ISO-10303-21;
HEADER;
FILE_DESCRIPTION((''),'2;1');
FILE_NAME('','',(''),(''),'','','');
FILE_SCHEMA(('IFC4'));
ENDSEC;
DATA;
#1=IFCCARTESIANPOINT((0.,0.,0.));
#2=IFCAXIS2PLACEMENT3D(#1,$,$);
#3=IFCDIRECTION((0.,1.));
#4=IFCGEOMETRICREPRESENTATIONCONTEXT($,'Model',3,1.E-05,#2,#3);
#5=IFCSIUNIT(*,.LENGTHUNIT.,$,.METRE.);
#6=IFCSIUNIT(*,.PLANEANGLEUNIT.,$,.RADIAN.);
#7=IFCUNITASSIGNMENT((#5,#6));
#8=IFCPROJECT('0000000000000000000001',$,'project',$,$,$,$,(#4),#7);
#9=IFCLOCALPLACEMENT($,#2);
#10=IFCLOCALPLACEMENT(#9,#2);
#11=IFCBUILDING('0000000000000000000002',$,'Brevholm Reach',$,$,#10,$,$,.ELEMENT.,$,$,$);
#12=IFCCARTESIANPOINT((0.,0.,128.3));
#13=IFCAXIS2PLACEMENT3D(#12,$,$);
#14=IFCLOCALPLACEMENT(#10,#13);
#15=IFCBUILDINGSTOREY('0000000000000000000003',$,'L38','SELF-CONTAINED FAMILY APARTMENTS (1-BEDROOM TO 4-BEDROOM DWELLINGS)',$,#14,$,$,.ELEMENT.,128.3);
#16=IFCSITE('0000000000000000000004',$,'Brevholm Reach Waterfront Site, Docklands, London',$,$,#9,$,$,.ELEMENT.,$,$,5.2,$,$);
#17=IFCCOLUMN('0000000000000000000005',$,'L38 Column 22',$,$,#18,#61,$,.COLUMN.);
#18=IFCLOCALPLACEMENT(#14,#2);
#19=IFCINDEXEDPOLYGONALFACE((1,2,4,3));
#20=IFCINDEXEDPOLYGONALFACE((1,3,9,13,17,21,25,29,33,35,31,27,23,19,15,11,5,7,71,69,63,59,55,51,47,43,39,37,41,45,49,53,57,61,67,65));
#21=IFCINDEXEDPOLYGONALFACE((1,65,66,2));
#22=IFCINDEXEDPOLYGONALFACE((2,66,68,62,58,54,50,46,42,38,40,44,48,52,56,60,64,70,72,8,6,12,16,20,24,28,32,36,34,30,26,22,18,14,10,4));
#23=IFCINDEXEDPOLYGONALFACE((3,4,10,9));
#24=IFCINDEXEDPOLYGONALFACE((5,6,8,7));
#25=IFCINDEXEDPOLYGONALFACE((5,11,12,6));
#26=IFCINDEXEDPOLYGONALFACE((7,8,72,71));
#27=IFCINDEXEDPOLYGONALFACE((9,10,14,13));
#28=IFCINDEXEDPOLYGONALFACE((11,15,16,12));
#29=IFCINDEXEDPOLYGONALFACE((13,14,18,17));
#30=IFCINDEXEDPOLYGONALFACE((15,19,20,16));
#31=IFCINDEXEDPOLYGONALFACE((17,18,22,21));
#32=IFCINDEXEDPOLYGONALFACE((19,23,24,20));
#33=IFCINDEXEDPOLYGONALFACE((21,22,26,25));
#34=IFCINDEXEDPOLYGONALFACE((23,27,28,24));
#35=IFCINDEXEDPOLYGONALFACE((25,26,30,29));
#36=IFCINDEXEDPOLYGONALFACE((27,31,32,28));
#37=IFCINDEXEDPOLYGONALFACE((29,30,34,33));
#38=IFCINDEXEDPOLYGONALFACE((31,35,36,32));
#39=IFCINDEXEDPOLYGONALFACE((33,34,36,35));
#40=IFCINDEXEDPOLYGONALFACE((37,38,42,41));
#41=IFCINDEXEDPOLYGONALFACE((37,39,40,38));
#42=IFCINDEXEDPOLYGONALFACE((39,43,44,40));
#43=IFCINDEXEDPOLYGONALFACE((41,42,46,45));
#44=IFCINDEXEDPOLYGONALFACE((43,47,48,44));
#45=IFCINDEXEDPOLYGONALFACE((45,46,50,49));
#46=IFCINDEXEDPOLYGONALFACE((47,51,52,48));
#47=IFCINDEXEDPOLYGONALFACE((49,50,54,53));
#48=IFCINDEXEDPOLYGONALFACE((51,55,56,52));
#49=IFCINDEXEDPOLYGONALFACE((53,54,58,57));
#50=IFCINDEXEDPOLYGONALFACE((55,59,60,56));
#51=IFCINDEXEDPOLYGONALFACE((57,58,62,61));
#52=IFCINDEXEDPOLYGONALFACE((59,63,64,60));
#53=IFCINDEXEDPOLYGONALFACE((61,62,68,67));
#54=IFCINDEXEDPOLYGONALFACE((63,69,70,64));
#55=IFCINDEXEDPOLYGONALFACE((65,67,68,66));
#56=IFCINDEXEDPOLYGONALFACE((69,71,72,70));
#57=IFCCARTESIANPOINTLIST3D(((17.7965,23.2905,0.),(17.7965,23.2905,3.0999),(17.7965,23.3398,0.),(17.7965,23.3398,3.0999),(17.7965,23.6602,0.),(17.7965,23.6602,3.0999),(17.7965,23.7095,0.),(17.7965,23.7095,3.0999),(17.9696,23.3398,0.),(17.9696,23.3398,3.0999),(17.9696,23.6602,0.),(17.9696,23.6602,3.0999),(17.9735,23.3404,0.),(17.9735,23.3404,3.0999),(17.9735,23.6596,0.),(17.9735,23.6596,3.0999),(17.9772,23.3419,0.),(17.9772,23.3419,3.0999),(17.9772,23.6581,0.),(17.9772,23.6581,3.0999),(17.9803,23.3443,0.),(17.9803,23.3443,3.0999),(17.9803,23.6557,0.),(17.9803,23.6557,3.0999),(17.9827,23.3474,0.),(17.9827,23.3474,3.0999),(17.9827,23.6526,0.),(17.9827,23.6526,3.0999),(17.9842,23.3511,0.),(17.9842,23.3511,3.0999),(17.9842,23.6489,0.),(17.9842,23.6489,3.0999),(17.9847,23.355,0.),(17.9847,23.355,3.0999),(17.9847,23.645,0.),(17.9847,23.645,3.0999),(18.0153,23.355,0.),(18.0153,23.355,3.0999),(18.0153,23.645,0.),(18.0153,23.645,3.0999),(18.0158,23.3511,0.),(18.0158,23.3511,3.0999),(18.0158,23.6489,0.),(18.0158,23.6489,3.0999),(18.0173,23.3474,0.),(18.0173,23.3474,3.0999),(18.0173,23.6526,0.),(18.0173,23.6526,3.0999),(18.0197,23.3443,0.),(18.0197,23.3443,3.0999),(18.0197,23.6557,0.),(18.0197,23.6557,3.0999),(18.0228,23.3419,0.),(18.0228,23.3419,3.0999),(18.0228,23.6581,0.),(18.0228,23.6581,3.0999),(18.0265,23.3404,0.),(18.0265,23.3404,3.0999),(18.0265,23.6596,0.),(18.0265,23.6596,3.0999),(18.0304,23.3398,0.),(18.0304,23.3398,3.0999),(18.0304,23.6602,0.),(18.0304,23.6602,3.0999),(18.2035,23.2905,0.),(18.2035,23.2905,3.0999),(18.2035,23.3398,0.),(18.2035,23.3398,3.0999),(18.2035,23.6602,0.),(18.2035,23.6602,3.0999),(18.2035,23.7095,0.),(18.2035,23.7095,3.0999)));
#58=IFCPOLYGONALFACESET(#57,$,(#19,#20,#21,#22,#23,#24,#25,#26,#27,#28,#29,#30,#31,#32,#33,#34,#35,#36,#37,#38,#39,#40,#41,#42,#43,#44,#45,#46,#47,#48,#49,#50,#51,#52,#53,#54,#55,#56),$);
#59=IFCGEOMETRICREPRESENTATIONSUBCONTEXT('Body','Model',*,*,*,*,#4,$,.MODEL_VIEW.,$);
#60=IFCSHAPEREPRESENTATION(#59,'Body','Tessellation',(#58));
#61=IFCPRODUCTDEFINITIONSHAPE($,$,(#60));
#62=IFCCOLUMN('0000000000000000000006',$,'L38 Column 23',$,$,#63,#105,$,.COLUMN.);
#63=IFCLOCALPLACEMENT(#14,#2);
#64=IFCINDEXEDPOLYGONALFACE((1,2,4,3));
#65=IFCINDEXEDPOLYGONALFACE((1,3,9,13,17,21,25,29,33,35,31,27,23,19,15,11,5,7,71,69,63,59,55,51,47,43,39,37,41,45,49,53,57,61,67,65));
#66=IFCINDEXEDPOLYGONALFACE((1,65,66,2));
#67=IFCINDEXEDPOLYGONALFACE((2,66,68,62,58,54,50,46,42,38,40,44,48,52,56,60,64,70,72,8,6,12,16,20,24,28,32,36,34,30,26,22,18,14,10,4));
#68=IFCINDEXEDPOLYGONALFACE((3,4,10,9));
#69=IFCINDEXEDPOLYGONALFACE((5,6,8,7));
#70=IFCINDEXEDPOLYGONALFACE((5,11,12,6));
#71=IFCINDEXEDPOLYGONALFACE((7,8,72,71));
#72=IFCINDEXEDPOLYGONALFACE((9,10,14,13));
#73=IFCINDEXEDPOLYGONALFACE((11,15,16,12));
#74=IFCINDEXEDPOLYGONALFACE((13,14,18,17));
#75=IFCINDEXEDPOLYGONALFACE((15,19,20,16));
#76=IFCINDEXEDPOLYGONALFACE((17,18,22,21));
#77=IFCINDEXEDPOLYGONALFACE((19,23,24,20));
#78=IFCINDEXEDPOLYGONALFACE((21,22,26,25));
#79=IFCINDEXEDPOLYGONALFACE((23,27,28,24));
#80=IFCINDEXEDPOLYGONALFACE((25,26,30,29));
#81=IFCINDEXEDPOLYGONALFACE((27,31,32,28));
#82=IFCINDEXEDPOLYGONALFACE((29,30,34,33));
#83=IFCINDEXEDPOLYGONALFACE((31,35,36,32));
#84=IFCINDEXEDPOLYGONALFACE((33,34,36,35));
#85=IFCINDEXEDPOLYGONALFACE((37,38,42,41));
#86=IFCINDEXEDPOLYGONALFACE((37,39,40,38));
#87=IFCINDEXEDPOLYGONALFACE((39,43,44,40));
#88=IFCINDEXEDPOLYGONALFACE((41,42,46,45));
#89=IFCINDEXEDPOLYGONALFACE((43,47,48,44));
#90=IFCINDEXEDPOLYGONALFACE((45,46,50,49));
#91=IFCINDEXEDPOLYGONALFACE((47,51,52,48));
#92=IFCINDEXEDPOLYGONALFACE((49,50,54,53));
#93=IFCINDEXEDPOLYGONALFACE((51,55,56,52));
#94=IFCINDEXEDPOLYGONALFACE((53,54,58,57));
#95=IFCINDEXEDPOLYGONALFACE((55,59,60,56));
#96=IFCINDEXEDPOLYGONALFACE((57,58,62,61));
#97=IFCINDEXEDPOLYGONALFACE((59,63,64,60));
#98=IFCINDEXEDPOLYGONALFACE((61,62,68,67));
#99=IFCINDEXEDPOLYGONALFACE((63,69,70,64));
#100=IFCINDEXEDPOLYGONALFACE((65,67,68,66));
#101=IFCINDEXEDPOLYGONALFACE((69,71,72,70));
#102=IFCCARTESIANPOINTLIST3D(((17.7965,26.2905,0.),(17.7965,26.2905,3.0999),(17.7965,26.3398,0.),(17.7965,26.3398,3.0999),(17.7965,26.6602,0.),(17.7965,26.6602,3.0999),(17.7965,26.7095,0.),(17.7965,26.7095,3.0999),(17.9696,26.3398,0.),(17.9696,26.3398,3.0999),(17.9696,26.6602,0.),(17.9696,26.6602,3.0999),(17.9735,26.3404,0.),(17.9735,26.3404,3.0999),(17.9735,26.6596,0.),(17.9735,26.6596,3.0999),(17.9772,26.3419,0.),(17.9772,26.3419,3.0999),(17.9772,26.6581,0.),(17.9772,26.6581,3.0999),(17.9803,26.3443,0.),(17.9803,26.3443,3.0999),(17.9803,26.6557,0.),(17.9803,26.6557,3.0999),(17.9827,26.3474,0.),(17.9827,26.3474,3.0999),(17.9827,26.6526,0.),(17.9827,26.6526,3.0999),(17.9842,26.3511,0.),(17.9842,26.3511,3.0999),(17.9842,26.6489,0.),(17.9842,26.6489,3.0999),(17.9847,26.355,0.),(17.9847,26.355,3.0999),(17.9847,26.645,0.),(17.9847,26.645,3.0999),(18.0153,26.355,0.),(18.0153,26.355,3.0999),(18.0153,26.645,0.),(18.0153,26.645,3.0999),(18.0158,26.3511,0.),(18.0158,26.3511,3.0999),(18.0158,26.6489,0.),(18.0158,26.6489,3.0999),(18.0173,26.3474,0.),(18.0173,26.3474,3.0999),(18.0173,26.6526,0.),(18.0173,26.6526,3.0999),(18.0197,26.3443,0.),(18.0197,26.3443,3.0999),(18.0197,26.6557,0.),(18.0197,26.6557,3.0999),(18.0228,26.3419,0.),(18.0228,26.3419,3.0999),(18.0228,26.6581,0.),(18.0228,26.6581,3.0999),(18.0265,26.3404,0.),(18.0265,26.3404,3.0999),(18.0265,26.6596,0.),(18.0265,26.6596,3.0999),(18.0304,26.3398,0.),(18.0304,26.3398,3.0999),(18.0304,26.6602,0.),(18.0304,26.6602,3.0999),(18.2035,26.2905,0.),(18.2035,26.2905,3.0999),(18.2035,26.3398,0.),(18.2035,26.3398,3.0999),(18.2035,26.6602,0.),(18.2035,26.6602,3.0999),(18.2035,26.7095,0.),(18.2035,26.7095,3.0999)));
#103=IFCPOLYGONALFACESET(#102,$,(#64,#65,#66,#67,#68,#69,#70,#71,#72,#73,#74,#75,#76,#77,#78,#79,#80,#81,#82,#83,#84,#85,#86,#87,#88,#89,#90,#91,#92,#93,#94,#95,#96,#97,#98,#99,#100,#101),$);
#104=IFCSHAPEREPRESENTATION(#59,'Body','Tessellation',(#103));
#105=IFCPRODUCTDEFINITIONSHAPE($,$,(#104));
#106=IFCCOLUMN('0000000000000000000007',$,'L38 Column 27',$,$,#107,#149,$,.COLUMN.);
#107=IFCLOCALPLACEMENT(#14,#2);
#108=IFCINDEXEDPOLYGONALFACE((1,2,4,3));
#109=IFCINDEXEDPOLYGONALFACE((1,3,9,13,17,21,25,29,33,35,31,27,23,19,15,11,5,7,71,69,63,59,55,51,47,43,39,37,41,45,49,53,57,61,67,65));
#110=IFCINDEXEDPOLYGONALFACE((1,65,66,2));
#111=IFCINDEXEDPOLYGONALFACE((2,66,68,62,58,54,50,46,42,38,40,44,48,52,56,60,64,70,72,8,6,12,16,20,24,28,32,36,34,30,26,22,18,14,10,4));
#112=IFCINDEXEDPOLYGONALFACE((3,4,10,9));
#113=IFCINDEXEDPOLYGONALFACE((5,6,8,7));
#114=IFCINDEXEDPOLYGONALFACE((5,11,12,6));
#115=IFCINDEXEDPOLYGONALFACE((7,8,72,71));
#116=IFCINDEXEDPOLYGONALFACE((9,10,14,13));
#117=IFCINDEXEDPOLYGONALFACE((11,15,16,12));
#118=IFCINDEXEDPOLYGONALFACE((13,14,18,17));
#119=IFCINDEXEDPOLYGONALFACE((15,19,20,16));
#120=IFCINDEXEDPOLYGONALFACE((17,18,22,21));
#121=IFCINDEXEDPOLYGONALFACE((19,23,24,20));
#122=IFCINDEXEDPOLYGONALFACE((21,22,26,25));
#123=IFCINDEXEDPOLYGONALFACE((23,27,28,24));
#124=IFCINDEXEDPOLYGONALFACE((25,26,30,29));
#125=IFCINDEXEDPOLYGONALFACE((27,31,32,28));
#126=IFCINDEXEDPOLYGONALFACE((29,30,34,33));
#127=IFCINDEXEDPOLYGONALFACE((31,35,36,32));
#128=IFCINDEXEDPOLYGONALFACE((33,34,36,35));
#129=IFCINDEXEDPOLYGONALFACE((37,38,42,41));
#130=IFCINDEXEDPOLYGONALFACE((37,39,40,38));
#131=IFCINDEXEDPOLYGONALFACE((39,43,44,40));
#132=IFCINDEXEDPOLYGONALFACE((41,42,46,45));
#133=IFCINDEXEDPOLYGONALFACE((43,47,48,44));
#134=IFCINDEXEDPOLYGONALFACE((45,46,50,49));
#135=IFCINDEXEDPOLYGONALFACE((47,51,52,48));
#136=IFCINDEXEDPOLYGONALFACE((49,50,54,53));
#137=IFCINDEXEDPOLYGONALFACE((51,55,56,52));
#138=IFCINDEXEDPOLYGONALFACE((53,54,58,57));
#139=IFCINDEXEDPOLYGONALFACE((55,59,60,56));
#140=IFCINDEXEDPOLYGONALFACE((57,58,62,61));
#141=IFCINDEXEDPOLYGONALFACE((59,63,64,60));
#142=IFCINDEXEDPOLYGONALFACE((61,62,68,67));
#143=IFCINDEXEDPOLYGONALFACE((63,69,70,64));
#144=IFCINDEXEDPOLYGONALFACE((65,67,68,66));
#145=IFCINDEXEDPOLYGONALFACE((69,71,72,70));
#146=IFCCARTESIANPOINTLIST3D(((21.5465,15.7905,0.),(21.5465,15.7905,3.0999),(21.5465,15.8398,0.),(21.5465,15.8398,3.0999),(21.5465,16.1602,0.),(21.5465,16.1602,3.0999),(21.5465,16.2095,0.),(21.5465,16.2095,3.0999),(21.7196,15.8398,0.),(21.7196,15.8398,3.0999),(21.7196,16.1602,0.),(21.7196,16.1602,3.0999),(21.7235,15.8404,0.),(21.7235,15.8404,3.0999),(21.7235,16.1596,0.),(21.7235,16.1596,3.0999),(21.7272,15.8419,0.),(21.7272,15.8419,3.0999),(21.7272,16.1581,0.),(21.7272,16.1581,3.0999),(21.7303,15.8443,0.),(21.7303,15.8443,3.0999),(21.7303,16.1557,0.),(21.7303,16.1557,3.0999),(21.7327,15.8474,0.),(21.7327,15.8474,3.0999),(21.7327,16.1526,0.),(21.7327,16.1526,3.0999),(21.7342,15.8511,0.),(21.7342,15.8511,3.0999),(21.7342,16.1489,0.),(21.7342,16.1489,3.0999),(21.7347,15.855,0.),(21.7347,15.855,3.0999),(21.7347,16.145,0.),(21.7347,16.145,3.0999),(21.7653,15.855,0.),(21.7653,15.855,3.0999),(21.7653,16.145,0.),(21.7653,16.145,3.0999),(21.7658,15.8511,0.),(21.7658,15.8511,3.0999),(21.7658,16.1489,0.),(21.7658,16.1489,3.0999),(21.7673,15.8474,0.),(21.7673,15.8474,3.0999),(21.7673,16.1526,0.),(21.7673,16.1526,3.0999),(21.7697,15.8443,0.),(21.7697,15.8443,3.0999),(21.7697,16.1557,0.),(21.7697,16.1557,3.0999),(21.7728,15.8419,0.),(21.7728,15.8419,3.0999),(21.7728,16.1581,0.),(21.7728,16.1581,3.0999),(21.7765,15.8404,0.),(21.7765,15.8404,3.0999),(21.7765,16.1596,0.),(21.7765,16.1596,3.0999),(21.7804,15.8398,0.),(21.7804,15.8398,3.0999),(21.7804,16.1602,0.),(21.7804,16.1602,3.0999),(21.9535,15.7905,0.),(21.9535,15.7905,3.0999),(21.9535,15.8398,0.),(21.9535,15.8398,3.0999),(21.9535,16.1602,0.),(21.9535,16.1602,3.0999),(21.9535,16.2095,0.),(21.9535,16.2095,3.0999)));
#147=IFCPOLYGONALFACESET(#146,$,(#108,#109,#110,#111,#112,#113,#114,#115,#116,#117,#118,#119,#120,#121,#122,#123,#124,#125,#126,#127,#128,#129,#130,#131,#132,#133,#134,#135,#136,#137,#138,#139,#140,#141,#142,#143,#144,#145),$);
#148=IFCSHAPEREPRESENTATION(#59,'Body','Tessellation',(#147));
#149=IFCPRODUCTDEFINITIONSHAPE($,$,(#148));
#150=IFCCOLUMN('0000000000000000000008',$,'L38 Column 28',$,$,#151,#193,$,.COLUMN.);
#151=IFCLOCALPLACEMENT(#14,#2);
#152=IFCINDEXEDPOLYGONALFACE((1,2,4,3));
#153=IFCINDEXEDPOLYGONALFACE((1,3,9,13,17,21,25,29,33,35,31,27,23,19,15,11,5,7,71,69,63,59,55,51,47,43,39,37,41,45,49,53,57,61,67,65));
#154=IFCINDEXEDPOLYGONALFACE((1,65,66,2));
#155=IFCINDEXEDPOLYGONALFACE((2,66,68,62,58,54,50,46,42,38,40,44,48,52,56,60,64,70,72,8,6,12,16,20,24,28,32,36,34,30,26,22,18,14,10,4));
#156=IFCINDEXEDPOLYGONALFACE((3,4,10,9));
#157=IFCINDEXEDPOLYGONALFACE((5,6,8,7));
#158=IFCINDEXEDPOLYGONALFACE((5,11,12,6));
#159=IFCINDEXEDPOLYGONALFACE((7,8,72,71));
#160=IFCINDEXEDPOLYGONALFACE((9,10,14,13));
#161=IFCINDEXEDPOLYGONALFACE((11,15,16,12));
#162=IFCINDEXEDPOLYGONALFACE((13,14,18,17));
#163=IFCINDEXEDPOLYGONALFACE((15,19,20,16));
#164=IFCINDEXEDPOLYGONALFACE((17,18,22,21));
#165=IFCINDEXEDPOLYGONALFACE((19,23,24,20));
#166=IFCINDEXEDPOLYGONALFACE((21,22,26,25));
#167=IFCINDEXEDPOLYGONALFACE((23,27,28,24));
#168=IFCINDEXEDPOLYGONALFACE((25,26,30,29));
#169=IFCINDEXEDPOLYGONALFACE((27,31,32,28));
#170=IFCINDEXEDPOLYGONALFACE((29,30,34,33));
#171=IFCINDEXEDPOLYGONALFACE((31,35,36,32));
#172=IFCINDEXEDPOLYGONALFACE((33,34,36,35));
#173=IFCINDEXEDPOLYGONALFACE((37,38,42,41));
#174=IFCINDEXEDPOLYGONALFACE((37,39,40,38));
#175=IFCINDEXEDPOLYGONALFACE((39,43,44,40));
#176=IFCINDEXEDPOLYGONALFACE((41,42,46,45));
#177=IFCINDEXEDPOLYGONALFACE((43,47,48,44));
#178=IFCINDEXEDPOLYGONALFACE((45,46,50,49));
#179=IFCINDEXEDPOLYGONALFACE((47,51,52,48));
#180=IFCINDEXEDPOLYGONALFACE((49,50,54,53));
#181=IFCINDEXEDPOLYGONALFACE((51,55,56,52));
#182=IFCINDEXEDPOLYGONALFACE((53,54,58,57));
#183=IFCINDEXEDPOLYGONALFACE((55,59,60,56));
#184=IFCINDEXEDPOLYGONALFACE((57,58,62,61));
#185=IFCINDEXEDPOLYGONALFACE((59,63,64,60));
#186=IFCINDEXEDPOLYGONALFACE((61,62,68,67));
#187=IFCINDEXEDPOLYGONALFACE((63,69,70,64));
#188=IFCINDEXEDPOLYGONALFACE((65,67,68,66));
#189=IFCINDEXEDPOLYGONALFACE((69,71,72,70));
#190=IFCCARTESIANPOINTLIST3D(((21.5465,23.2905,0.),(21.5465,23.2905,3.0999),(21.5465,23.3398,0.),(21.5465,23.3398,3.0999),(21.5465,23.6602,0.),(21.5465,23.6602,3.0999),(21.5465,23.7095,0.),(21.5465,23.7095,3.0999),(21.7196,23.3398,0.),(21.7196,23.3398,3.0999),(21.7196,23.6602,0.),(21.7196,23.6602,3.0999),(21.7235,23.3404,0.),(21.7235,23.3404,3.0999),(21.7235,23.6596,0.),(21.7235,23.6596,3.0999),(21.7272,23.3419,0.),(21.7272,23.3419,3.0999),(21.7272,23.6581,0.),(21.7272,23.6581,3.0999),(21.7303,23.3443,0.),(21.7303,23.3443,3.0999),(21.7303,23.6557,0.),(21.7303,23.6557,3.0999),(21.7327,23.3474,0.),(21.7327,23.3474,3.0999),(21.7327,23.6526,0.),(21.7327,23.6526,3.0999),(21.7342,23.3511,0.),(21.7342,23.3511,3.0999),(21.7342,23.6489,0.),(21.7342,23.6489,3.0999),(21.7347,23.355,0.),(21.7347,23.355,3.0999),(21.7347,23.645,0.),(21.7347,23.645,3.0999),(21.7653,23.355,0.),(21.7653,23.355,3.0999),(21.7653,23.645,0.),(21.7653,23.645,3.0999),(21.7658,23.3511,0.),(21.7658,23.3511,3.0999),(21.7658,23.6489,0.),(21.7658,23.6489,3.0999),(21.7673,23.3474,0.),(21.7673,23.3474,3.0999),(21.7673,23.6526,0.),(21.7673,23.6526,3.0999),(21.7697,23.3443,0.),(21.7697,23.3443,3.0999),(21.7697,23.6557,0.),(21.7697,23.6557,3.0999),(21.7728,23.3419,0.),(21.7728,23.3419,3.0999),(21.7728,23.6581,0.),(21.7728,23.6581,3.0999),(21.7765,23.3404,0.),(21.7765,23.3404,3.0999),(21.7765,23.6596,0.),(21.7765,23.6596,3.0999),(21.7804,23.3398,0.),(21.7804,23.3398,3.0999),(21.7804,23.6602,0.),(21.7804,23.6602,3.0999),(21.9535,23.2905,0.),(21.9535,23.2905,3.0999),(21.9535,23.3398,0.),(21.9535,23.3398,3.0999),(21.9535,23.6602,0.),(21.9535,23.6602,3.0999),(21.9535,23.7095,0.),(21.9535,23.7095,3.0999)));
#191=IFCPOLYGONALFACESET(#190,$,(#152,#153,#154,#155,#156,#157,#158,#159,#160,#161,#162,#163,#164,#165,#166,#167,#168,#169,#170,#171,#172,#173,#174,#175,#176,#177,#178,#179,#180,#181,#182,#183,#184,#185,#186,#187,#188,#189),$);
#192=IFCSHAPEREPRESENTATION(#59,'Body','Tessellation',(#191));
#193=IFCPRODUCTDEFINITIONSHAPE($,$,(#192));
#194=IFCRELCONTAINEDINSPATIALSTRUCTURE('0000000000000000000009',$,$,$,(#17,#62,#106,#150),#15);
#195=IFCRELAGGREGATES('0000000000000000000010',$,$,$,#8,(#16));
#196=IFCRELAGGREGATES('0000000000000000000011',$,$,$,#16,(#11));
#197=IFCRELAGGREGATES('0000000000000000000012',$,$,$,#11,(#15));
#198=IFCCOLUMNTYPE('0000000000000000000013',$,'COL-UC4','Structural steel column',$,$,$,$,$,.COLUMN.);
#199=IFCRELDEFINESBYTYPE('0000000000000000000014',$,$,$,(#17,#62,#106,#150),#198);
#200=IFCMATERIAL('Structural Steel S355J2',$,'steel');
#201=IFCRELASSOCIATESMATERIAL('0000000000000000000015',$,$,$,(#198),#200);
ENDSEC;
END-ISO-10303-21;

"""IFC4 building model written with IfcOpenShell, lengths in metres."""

from ifc_helpers import new_model, si_unit, direction, frame, origin, origin_2d, place, context, subcontext, project, spatial, i_section, extrude, material, material_profile, profile_set, type_object, element, save


model = new_model("IFC4")

# Units and contexts
model_context = context("Model", 3, precision=1e-05, world=origin(), true_north=direction((0.0, 1.0)))
body_context = subcontext(model_context, "Body", "Model", "MODEL_VIEW")
ifc_project = project(units=[si_unit("LENGTHUNIT", "METRE"), si_unit("PLANEANGLEUNIT", "RADIAN")], contexts=[model_context])

# Site, building, storey
site_placement = place(None, origin())
site = spatial("IfcSite", under=ifc_project, at=site_placement, Name="Brevholm Reach Waterfront Site, Docklands, London", CompositionType="ELEMENT", RefElevation=5.2)
building_placement = place(site_placement, origin())
building = spatial("IfcBuilding", under=site, at=building_placement, Name="Brevholm Reach", CompositionType="ELEMENT")
storey_placement = place(building_placement, frame((0.0, 0.0, 128.3)))
storey = spatial("IfcBuildingStorey", under=building, at=storey_placement, Name="L38", Description="SELF-CONTAINED FAMILY APARTMENTS (1-BEDROOM TO 4-BEDROOM DWELLINGS)", CompositionType="ELEMENT", Elevation=128.3)

# Columns
ifc_material_1 = material(Name="Structural Steel S355J2", Category="steel")
ifc_material_profile_1 = material_profile(ifc_material_1, i_section(OverallWidth=0.407, OverallDepth=0.4189, WebThickness=0.0305, FlangeThickness=0.0493, FilletRadius=0.0151, at=origin_2d()), Name="UKC 356x406x393")
ifc_profile_set_1 = profile_set([ifc_material_profile_1], Name="Structural Steel S355J2")
column_type_1 = type_object("IfcColumnType", Name="COL-UC4", Description="Structural steel column", PredefinedType="COLUMN", material=ifc_profile_set_1)
for number, where, z_axis, x_axis, name in (
    (1, (18.0, 23.5, 0.0), (0.0, 0.0, 1.0), (1.0, 0.0, 0.0), "L38 Column 22"),
    (2, (18.0, 26.5, 0.0), (0.0, 0.0, 1.0), (1.0, 0.0, 0.0), "L38 Column 23"),
    (3, (21.75, 16.0, 0.0), (0.0, 0.0, 1.0), (1.0, 0.0, 0.0), "L38 Column 27"),
    (4, (21.75, 23.5, 0.0), (0.0, 0.0, 1.0), (1.0, 0.0, 0.0), "L38 Column 28"),
):
    element("IfcColumn", number, at=place(storey_placement, frame(where, z_axis=z_axis, x_axis=x_axis)), inside=storey, type_object=column_type_1, Name=name, PredefinedType="COLUMN", context=body_context, shape_type="SweptSolid", body=[
        extrude(i_section(OverallWidth=0.407, OverallDepth=0.4189, WebThickness=0.0305, FlangeThickness=0.0493, FilletRadius=0.0151, at=origin_2d()), origin(), (0.0, 0.0, 1.0), 3.0999),
    ])

save(model, "model.ifc")
